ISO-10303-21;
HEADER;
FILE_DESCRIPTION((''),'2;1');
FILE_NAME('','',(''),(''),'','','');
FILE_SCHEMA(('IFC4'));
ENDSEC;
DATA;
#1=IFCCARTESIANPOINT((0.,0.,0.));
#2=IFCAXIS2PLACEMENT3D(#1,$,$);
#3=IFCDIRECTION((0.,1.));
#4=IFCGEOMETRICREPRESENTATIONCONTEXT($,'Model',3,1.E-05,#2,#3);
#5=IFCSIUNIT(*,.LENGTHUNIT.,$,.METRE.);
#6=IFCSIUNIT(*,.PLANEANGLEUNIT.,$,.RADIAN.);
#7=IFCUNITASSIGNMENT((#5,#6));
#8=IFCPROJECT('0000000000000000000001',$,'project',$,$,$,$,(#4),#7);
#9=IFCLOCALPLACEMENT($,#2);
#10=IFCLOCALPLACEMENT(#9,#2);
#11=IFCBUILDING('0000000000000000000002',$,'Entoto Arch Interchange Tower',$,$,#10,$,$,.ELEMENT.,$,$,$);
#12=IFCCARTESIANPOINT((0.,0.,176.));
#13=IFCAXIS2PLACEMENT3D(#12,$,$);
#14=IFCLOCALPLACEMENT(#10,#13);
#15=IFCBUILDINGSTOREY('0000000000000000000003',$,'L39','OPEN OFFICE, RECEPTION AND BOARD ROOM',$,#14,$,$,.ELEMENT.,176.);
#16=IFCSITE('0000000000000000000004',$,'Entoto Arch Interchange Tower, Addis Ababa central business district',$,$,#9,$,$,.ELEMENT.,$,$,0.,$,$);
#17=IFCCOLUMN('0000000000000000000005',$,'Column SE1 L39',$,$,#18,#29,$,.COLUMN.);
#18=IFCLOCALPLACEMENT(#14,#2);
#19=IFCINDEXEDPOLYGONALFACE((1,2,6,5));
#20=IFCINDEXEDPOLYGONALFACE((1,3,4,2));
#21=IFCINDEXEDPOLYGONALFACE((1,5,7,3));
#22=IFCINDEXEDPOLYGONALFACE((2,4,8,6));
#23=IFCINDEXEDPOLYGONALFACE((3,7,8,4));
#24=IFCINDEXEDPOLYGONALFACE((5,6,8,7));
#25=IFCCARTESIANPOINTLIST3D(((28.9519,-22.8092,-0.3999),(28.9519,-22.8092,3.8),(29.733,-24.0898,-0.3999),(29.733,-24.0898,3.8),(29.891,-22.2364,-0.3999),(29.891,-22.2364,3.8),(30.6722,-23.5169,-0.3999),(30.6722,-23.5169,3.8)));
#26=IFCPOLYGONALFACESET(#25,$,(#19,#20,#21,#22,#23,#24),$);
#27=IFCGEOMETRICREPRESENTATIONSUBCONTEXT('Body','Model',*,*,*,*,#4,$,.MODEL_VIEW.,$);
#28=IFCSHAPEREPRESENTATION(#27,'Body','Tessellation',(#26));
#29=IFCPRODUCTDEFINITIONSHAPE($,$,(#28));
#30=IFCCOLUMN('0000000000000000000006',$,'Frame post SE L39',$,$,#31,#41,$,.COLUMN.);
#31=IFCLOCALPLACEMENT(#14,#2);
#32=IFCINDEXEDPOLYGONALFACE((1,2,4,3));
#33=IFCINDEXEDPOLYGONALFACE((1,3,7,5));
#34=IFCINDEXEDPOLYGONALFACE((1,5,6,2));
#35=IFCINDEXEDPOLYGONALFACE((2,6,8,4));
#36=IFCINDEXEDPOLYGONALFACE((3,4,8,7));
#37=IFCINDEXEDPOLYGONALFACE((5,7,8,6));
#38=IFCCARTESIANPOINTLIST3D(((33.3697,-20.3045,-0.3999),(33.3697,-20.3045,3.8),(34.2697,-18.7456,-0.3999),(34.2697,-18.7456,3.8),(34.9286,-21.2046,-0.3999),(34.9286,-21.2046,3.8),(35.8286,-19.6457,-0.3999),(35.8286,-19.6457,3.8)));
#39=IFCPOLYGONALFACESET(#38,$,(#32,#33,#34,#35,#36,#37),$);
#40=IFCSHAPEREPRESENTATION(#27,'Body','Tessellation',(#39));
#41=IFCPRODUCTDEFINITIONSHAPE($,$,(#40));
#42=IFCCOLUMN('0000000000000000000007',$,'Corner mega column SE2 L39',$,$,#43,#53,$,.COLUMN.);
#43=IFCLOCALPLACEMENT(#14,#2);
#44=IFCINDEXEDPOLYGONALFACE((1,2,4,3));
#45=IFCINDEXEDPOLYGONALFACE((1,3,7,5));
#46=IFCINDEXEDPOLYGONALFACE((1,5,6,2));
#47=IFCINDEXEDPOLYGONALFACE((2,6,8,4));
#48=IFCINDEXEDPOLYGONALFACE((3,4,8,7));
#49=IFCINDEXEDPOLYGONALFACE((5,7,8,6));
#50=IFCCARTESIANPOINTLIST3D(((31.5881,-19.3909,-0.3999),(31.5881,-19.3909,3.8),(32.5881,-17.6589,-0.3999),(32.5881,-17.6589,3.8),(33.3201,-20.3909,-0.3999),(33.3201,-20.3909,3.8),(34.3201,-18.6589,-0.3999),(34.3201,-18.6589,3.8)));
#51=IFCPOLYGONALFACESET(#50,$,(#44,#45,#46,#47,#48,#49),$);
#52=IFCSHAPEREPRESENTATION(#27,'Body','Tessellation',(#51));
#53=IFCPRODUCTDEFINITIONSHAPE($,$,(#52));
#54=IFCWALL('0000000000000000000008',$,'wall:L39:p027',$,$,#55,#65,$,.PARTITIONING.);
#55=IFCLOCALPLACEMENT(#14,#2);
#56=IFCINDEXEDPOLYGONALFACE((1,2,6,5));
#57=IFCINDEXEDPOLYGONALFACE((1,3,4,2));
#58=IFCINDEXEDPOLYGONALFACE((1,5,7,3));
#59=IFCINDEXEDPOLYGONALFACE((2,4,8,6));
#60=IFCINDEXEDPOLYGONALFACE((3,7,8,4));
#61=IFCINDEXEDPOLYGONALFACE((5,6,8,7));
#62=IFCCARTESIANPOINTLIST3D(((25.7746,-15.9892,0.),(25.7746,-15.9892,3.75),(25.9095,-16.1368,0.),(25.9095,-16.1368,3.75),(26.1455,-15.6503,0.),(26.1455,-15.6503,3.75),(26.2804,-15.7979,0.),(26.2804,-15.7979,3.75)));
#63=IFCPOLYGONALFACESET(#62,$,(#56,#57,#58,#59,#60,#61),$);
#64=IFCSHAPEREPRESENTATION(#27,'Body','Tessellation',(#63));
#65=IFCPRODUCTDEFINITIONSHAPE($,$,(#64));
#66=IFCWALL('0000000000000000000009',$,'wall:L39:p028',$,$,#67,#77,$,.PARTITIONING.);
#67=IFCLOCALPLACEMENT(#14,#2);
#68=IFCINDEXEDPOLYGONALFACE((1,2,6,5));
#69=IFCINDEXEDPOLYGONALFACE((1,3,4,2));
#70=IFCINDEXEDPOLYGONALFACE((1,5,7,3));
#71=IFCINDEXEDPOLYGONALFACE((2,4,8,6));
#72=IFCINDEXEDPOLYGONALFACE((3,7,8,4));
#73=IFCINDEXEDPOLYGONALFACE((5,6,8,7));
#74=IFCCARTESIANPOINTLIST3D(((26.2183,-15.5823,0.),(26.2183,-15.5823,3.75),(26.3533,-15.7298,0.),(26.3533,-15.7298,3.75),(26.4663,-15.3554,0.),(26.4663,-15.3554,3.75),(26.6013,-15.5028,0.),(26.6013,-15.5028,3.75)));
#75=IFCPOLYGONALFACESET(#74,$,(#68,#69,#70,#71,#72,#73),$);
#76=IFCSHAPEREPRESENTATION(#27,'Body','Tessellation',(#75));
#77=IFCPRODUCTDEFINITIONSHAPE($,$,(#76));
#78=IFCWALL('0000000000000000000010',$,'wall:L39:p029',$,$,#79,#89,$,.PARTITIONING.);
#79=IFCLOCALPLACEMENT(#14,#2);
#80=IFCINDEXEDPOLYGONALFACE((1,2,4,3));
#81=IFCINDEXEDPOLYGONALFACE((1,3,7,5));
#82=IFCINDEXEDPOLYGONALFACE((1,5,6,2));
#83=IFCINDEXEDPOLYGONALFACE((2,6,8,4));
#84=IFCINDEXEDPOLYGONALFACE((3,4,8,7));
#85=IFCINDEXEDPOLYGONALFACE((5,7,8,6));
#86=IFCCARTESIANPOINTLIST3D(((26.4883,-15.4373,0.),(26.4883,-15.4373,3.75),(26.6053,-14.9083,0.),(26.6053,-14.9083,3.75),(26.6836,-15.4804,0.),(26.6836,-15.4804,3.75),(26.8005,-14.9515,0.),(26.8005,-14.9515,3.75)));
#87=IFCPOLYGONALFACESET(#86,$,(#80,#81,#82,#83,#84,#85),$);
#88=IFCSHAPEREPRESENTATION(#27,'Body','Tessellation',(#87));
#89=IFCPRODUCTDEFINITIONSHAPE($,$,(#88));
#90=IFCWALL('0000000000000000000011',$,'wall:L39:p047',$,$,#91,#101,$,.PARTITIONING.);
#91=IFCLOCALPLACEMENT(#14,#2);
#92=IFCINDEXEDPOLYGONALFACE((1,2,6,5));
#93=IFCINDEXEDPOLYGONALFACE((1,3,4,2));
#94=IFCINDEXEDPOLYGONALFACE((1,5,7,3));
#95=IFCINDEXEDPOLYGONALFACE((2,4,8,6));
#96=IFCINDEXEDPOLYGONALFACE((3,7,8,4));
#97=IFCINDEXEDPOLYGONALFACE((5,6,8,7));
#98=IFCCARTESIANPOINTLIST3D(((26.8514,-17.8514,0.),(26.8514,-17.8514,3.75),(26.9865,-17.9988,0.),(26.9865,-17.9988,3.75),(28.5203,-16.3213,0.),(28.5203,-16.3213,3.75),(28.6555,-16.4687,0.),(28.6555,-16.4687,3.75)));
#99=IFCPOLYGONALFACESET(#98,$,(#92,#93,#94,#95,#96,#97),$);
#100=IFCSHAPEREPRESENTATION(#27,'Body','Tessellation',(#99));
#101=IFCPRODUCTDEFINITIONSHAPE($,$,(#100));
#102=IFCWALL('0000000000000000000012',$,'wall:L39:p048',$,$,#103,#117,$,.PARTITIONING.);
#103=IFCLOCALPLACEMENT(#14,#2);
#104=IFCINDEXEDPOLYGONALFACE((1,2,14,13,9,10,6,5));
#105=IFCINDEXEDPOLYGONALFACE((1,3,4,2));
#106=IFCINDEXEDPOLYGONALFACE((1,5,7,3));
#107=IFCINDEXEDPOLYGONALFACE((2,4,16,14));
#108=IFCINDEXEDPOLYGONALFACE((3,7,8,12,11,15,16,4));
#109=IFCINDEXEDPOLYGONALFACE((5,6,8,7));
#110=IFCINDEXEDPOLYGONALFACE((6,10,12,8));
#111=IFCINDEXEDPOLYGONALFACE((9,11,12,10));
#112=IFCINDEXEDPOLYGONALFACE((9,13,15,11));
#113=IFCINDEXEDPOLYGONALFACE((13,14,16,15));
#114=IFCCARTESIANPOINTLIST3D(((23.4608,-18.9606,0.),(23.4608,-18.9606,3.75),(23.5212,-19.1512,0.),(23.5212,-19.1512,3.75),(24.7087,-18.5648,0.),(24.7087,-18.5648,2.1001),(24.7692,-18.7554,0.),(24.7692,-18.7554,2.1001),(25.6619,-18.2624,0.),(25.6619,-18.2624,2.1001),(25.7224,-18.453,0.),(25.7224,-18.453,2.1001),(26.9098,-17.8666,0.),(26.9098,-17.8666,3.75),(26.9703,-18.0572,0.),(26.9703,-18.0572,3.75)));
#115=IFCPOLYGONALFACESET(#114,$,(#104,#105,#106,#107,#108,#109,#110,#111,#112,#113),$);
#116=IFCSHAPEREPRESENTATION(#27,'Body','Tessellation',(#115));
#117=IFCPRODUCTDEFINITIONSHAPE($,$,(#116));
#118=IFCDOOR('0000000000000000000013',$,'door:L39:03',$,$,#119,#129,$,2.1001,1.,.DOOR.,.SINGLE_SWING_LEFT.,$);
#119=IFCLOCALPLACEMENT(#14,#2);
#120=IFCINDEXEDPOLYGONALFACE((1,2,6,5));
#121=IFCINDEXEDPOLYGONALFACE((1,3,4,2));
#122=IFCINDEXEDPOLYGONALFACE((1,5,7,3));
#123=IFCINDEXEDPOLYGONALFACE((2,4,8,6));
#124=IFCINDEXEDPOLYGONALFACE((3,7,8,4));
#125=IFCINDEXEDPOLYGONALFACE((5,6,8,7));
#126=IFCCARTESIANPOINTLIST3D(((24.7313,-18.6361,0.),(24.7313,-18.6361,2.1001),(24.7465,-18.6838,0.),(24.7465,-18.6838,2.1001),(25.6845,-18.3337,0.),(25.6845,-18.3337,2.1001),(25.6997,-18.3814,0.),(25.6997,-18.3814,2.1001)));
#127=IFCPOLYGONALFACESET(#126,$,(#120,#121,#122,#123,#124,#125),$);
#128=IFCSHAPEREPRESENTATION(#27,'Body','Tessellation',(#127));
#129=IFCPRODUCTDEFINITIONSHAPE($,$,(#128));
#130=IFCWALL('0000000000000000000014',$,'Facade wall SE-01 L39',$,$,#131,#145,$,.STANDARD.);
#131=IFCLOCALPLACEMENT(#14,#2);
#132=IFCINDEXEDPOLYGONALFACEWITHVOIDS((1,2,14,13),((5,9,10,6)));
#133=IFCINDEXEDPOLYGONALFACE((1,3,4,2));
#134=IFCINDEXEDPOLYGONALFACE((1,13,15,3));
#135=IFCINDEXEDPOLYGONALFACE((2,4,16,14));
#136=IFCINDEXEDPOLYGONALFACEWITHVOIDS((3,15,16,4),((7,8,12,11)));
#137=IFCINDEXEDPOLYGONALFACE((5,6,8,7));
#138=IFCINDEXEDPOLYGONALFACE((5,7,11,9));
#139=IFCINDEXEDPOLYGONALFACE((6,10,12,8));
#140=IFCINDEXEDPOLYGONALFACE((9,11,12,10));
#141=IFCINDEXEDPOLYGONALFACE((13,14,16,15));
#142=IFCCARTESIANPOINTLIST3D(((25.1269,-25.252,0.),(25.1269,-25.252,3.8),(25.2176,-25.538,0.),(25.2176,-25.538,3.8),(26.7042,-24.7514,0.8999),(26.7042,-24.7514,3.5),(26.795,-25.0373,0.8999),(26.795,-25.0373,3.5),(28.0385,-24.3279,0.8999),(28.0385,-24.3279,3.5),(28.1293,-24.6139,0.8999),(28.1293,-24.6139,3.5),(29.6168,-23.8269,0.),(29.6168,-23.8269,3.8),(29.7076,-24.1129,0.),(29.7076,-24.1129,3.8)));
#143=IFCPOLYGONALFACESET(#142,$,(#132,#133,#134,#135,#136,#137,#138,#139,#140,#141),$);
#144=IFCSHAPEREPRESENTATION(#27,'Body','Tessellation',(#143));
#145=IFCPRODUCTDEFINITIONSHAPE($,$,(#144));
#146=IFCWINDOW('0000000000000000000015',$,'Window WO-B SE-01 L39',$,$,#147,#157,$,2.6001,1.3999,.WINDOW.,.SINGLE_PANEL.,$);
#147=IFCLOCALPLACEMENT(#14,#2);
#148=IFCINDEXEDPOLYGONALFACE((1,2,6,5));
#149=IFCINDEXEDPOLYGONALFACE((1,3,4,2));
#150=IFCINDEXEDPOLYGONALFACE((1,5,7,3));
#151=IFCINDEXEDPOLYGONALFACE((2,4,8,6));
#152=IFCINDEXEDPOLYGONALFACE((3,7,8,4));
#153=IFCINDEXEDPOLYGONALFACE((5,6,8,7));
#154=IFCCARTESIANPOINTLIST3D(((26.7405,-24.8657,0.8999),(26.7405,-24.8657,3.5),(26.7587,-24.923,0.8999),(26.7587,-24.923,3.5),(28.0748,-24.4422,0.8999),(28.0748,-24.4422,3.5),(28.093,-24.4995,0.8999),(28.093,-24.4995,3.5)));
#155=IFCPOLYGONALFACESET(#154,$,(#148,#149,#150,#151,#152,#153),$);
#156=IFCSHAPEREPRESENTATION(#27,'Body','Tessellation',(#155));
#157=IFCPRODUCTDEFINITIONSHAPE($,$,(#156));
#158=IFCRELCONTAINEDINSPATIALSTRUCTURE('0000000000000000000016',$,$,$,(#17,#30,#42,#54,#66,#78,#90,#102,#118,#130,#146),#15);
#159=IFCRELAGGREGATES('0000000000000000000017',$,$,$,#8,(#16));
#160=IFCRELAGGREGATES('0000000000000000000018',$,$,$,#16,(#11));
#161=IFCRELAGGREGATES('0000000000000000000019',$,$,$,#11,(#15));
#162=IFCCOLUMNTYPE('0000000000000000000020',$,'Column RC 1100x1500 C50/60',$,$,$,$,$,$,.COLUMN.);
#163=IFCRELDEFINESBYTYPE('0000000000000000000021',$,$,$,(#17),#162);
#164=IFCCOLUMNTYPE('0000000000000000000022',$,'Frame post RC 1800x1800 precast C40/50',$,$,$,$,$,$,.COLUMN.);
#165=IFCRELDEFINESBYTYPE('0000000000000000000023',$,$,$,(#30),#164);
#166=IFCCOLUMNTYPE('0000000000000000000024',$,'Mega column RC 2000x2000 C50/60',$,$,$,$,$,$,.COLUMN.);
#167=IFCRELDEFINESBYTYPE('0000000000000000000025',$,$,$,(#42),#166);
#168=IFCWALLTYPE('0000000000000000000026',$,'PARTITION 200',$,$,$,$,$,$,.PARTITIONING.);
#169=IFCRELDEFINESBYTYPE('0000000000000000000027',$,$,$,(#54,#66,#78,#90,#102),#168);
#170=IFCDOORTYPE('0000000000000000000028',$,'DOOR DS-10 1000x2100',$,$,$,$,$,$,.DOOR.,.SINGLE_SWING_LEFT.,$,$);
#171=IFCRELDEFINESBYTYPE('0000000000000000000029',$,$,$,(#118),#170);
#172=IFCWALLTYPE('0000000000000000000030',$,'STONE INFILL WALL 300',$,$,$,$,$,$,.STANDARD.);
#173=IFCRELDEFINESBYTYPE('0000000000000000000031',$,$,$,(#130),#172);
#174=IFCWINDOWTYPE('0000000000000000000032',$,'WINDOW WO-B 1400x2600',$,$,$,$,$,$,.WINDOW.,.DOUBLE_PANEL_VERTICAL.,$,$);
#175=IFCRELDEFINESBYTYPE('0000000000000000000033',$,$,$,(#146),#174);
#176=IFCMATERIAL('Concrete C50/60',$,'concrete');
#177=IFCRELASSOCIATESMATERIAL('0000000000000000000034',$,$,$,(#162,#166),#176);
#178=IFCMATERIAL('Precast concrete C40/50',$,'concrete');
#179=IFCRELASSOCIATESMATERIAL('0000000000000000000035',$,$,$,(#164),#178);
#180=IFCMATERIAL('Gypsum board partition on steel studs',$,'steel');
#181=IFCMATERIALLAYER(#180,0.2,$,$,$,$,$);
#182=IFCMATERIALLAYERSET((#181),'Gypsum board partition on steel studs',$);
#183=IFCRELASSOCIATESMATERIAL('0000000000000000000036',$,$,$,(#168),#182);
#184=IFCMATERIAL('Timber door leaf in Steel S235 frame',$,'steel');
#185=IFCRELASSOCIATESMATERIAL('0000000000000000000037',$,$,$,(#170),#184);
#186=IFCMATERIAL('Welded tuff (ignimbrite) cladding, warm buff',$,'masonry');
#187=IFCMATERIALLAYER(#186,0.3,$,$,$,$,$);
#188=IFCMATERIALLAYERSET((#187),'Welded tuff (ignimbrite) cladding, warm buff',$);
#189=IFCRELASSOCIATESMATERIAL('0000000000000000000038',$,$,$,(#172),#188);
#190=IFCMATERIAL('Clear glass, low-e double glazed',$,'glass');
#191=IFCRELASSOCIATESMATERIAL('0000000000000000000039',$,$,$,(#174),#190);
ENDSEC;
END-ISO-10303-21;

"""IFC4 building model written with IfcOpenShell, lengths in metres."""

from ifc_helpers import new_model, si_unit, direction, frame, frame_2d, origin, origin_2d, place, context, subcontext, project, spatial, rectangle, extrude, material, layer, layer_set, material_profile, profile_set, type_object, element, fill, save


model = new_model("IFC4")

# Units and contexts
model_context = context("Model", 3, precision=1e-05, world=origin(), true_north=direction((0.0, 1.0)))
body_context = subcontext(model_context, "Body", "Model", "MODEL_VIEW")
ifc_project = project(units=[si_unit("LENGTHUNIT", "METRE"), si_unit("PLANEANGLEUNIT", "RADIAN")], contexts=[model_context])

# Site, building, storey
site_placement = place(None, origin())
site = spatial("IfcSite", under=ifc_project, at=site_placement, Name="Entoto Arch Interchange Tower, Addis Ababa central business district", CompositionType="ELEMENT", RefElevation=0.0)
building_placement = place(site_placement, origin())
building = spatial("IfcBuilding", under=site, at=building_placement, Name="Entoto Arch Interchange Tower", CompositionType="ELEMENT")
storey_placement = place(building_placement, frame((0.0, 0.0, 176.0)))
storey = spatial("IfcBuildingStorey", under=building, at=storey_placement, Name="L39", Description="OPEN OFFICE, RECEPTION AND BOARD ROOM", CompositionType="ELEMENT", Elevation=176.0)

# Columns
ifc_material_1 = material(Name="Concrete C50/60", Category="concrete")
ifc_material_profile_1 = material_profile(ifc_material_1, rectangle(XDim=1.1001, YDim=1.5, at=origin_2d()))
ifc_profile_set_1 = profile_set([ifc_material_profile_1], Name="Concrete C50/60")
column_type_1 = type_object("IfcColumnType", Name="Column RC 1100x1500 C50/60", PredefinedType="COLUMN", material=ifc_profile_set_1)
column_1_placement = place(storey_placement, frame((29.812, -23.1631, -0.3999), z_axis=(0.0, 0.0, 1.0), x_axis=(0.853714, 0.520741, 0.0)))
element("IfcColumn", 1, at=column_1_placement, inside=storey, type_object=column_type_1, Name="Column SE1 L39", PredefinedType="COLUMN", context=body_context, shape_type="SweptSolid", body=[
    extrude(rectangle(XDim=1.1001, YDim=1.5, at=origin_2d()), origin(), (0.0, 0.0, 1.0), 4.2),
])
ifc_material_2 = material(Name="Precast concrete C40/50", Category="concrete")
ifc_material_profile_2 = material_profile(ifc_material_2, rectangle(XDim=1.8, YDim=1.8, at=origin_2d()))
ifc_profile_set_2 = profile_set([ifc_material_profile_2], Name="Precast concrete C40/50")
column_type_2 = type_object("IfcColumnType", Name="Frame post RC 1800x1800 precast C40/50", PredefinedType="COLUMN", material=ifc_profile_set_2)
column_2_placement = place(storey_placement, frame((34.5991, -19.9751, -0.3999), z_axis=(0.0, 0.0, 1.0), x_axis=(-0.866025, 0.5, 0.0)))
element("IfcColumn", 2, at=column_2_placement, inside=storey, type_object=column_type_2, Name="Frame post SE L39", PredefinedType="COLUMN", context=body_context, shape_type="SweptSolid", body=[
    extrude(rectangle(XDim=1.8, YDim=1.8, at=origin_2d()), origin(), (0.0, 0.0, 1.0), 4.2),
])
ifc_material_profile_3 = material_profile(ifc_material_1, rectangle(XDim=2.0, YDim=2.0, at=origin_2d()))
ifc_profile_set_3 = profile_set([ifc_material_profile_3], Name="Concrete C50/60")
column_type_3 = type_object("IfcColumnType", Name="Mega column RC 2000x2000 C50/60", PredefinedType="COLUMN", material=ifc_profile_set_3)
column_3_placement = place(storey_placement, frame((32.9541, -19.0249, -0.3999), z_axis=(0.0, 0.0, 1.0), x_axis=(-0.866025, 0.5, 0.0)))
element("IfcColumn", 3, at=column_3_placement, inside=storey, type_object=column_type_3, Name="Corner mega column SE2 L39", PredefinedType="COLUMN", context=body_context, shape_type="SweptSolid", body=[
    extrude(rectangle(XDim=2.0, YDim=2.0, at=origin_2d()), origin(), (0.0, 0.0, 1.0), 4.2),
])

# Walls
ifc_material_3 = material(Name="Gypsum board partition on steel studs", Category="steel")
ifc_layer_1 = layer(ifc_material_3, 0.2)
ifc_layer_set_1 = layer_set([ifc_layer_1], Name="Gypsum board partition on steel studs")
wall_type_1 = type_object("IfcWallType", Name="PARTITION 200", PredefinedType="PARTITIONING", material=ifc_layer_set_1)
wall_1_placement = place(storey_placement, frame((25.842, -16.063, 0.0), z_axis=(0.0, 0.0, 1.0), x_axis=(0.738222, 0.674557, 0.0)))
element("IfcWall", 4, at=wall_1_placement, inside=storey, type_object=wall_type_1, Name="wall:L39:p027", PredefinedType="PARTITIONING", context=body_context, shape_type="SweptSolid", body=[
    extrude(rectangle(XDim=0.5024, YDim=0.2, at=frame_2d((0.2512, 0.0))), origin(), (0.0, 0.0, 1.0), 3.75),
])
wall_2_placement = place(storey_placement, frame((26.2859, -15.656, 0.0), z_axis=(0.0, 0.0, 1.0), x_axis=(0.737636, 0.675198, 0.0)))
element("IfcWall", 5, at=wall_2_placement, inside=storey, type_object=wall_type_1, Name="wall:L39:p028", PredefinedType="PARTITIONING", context=body_context, shape_type="SweptSolid", body=[
    extrude(rectangle(XDim=0.3362, YDim=0.2, at=frame_2d((0.168, 0.0))), origin(), (0.0, 0.0, 1.0), 3.75),
])
wall_3_placement = place(storey_placement, frame((26.5859, -15.459, 0.0), z_axis=(0.0, 0.0, 1.0), x_axis=(0.215833, 0.97643, 0.0)))
element("IfcWall", 6, at=wall_3_placement, inside=storey, type_object=wall_type_1, Name="wall:L39:p029", PredefinedType="PARTITIONING", context=body_context, shape_type="SweptSolid", body=[
    extrude(rectangle(XDim=0.5417, YDim=0.2, at=frame_2d((0.271, 0.0))), origin(), (0.0, 0.0, 1.0), 3.75),
])
wall_4_placement = place(storey_placement, frame((28.5879, -16.395, 0.0), z_axis=(0.0, 0.0, 1.0), x_axis=(-0.737118, -0.675764, 0.0)))
element("IfcWall", 7, at=wall_4_placement, inside=storey, type_object=wall_type_1, Name="wall:L39:p047", PredefinedType="PARTITIONING", context=body_context, shape_type="SweptSolid", body=[
    extrude(rectangle(XDim=2.2642, YDim=0.2, at=frame_2d((1.1321, 0.0))), origin(), (0.0, 0.0, 1.0), 3.75),
])

# Wall, opening, door
wall_5_placement = place(storey_placement, frame((26.9399, -17.9619, 0.0), z_axis=(0.0, 0.0, 1.0), x_axis=(-0.953197, -0.302349, 0.0)))
wall_5 = element("IfcWall", 8, at=wall_5_placement, inside=storey, type_object=wall_type_1, Name="wall:L39:p048", PredefinedType="PARTITIONING", context=body_context, shape_type="SweptSolid", body=[
    extrude(rectangle(XDim=3.6184, YDim=0.2, at=frame_2d((1.8091, 0.0))), origin(), (0.0, 0.0, 1.0), 3.75),
])
opening_1_placement = place(wall_5_placement, frame((1.3091, 0.0, 0.0)))
opening_1 = element("IfcOpeningElement", 9, at=opening_1_placement, cuts=wall_5, PredefinedType="OPENING", context=body_context, shape_type="SweptSolid", body=[
    extrude(rectangle(XDim=1.0, YDim=2.1001, at=frame_2d((0.5, 1.05))), frame((0.0, 0.1099, 0.0), z_axis=(0.0, -1.0, 0.0), x_axis=(1.0, 0.0, 0.0)), (0.0, 0.0, 1.0), 0.22),
])
ifc_material_4 = material(Name="Timber door leaf in Steel S235 frame", Category="steel")
door_type = type_object("IfcDoorType", Name="DOOR DS-10 1000x2100", OperationType="SINGLE_SWING_LEFT", PredefinedType="DOOR", material=ifc_material_4)
door_placement = place(opening_1_placement, origin())
door = element("IfcDoor", 10, at=door_placement, inside=storey, type_object=door_type, Name="door:L39:03", OperationType="SINGLE_SWING_LEFT", OverallHeight=2.1001, OverallWidth=1.0, PredefinedType="DOOR", context=body_context, shape_type="SweptSolid", body=[
    extrude(rectangle(XDim=1.0, YDim=2.1001, at=frame_2d((0.5, 1.05))), frame((0.0, 0.0249, 0.0), z_axis=(0.0, -1.0, 0.0), x_axis=(1.0, 0.0, 0.0)), (0.0, 0.0, 1.0), 0.05),
])
fill(opening_1, door)

# Wall, opening, window
ifc_material_5 = material(Name="Welded tuff (ignimbrite) cladding, warm buff", Category="masonry")
ifc_layer_2 = layer(ifc_material_5, 0.3)
ifc_layer_set_2 = layer_set([ifc_layer_2], Name="Welded tuff (ignimbrite) cladding, warm buff")
wall_type_2 = type_object("IfcWallType", Name="STONE INFILL WALL 300", PredefinedType="STANDARD", material=ifc_layer_set_2)
wall_6_placement = place(storey_placement, frame((25.1721, -25.395, 0.0), z_axis=(0.0, 0.0, 1.0), x_axis=(0.953145, 0.302513, 0.0)))
wall_6 = element("IfcWall", 11, at=wall_6_placement, inside=storey, type_object=wall_type_2, Name="Facade wall SE-01 L39", PredefinedType="STANDARD", context=body_context, shape_type="SweptSolid", body=[
    extrude(rectangle(XDim=4.7107, YDim=0.3, at=frame_2d((2.3555, 0.0))), origin(), (0.0, 0.0, 1.0), 3.8),
])
opening_2_placement = place(wall_6_placement, frame((1.655, 0.0, 0.8999)))
opening_2 = element("IfcOpeningElement", 12, at=opening_2_placement, cuts=wall_6, PredefinedType="OPENING", context=body_context, shape_type="SweptSolid", body=[
    extrude(rectangle(XDim=1.3999, YDim=2.6001, at=frame_2d((0.7, 1.3))), frame((0.0, 0.1602, 0.0), z_axis=(0.0, -1.0, 0.0), x_axis=(1.0, 0.0, 0.0)), (0.0, 0.0, 1.0), 0.3201),
])
ifc_material_6 = material(Name="Clear glass, low-e double glazed", Category="glass")
window_type = type_object("IfcWindowType", Name="WINDOW WO-B 1400x2600", PartitioningType="DOUBLE_PANEL_VERTICAL", PredefinedType="WINDOW", material=ifc_material_6)
window_1_placement = place(opening_2_placement, origin())
window_1 = element("IfcWindow", 13, at=window_1_placement, inside=storey, type_object=window_type, Name="Window WO-B SE-01 L39", OverallHeight=2.6001, OverallWidth=1.3999, PartitioningType="SINGLE_PANEL", PredefinedType="WINDOW", context=body_context, shape_type="SweptSolid", body=[
    extrude(rectangle(XDim=1.3999, YDim=2.6001, at=frame_2d((0.7, 1.3))), frame((0.0, 0.03, 0.0), z_axis=(0.0, -1.0, 0.0), x_axis=(1.0, 0.0, 0.0)), (0.0, 0.0, 1.0), 0.0601),
])
fill(opening_2, window_1)

save(model, "model.ifc")
